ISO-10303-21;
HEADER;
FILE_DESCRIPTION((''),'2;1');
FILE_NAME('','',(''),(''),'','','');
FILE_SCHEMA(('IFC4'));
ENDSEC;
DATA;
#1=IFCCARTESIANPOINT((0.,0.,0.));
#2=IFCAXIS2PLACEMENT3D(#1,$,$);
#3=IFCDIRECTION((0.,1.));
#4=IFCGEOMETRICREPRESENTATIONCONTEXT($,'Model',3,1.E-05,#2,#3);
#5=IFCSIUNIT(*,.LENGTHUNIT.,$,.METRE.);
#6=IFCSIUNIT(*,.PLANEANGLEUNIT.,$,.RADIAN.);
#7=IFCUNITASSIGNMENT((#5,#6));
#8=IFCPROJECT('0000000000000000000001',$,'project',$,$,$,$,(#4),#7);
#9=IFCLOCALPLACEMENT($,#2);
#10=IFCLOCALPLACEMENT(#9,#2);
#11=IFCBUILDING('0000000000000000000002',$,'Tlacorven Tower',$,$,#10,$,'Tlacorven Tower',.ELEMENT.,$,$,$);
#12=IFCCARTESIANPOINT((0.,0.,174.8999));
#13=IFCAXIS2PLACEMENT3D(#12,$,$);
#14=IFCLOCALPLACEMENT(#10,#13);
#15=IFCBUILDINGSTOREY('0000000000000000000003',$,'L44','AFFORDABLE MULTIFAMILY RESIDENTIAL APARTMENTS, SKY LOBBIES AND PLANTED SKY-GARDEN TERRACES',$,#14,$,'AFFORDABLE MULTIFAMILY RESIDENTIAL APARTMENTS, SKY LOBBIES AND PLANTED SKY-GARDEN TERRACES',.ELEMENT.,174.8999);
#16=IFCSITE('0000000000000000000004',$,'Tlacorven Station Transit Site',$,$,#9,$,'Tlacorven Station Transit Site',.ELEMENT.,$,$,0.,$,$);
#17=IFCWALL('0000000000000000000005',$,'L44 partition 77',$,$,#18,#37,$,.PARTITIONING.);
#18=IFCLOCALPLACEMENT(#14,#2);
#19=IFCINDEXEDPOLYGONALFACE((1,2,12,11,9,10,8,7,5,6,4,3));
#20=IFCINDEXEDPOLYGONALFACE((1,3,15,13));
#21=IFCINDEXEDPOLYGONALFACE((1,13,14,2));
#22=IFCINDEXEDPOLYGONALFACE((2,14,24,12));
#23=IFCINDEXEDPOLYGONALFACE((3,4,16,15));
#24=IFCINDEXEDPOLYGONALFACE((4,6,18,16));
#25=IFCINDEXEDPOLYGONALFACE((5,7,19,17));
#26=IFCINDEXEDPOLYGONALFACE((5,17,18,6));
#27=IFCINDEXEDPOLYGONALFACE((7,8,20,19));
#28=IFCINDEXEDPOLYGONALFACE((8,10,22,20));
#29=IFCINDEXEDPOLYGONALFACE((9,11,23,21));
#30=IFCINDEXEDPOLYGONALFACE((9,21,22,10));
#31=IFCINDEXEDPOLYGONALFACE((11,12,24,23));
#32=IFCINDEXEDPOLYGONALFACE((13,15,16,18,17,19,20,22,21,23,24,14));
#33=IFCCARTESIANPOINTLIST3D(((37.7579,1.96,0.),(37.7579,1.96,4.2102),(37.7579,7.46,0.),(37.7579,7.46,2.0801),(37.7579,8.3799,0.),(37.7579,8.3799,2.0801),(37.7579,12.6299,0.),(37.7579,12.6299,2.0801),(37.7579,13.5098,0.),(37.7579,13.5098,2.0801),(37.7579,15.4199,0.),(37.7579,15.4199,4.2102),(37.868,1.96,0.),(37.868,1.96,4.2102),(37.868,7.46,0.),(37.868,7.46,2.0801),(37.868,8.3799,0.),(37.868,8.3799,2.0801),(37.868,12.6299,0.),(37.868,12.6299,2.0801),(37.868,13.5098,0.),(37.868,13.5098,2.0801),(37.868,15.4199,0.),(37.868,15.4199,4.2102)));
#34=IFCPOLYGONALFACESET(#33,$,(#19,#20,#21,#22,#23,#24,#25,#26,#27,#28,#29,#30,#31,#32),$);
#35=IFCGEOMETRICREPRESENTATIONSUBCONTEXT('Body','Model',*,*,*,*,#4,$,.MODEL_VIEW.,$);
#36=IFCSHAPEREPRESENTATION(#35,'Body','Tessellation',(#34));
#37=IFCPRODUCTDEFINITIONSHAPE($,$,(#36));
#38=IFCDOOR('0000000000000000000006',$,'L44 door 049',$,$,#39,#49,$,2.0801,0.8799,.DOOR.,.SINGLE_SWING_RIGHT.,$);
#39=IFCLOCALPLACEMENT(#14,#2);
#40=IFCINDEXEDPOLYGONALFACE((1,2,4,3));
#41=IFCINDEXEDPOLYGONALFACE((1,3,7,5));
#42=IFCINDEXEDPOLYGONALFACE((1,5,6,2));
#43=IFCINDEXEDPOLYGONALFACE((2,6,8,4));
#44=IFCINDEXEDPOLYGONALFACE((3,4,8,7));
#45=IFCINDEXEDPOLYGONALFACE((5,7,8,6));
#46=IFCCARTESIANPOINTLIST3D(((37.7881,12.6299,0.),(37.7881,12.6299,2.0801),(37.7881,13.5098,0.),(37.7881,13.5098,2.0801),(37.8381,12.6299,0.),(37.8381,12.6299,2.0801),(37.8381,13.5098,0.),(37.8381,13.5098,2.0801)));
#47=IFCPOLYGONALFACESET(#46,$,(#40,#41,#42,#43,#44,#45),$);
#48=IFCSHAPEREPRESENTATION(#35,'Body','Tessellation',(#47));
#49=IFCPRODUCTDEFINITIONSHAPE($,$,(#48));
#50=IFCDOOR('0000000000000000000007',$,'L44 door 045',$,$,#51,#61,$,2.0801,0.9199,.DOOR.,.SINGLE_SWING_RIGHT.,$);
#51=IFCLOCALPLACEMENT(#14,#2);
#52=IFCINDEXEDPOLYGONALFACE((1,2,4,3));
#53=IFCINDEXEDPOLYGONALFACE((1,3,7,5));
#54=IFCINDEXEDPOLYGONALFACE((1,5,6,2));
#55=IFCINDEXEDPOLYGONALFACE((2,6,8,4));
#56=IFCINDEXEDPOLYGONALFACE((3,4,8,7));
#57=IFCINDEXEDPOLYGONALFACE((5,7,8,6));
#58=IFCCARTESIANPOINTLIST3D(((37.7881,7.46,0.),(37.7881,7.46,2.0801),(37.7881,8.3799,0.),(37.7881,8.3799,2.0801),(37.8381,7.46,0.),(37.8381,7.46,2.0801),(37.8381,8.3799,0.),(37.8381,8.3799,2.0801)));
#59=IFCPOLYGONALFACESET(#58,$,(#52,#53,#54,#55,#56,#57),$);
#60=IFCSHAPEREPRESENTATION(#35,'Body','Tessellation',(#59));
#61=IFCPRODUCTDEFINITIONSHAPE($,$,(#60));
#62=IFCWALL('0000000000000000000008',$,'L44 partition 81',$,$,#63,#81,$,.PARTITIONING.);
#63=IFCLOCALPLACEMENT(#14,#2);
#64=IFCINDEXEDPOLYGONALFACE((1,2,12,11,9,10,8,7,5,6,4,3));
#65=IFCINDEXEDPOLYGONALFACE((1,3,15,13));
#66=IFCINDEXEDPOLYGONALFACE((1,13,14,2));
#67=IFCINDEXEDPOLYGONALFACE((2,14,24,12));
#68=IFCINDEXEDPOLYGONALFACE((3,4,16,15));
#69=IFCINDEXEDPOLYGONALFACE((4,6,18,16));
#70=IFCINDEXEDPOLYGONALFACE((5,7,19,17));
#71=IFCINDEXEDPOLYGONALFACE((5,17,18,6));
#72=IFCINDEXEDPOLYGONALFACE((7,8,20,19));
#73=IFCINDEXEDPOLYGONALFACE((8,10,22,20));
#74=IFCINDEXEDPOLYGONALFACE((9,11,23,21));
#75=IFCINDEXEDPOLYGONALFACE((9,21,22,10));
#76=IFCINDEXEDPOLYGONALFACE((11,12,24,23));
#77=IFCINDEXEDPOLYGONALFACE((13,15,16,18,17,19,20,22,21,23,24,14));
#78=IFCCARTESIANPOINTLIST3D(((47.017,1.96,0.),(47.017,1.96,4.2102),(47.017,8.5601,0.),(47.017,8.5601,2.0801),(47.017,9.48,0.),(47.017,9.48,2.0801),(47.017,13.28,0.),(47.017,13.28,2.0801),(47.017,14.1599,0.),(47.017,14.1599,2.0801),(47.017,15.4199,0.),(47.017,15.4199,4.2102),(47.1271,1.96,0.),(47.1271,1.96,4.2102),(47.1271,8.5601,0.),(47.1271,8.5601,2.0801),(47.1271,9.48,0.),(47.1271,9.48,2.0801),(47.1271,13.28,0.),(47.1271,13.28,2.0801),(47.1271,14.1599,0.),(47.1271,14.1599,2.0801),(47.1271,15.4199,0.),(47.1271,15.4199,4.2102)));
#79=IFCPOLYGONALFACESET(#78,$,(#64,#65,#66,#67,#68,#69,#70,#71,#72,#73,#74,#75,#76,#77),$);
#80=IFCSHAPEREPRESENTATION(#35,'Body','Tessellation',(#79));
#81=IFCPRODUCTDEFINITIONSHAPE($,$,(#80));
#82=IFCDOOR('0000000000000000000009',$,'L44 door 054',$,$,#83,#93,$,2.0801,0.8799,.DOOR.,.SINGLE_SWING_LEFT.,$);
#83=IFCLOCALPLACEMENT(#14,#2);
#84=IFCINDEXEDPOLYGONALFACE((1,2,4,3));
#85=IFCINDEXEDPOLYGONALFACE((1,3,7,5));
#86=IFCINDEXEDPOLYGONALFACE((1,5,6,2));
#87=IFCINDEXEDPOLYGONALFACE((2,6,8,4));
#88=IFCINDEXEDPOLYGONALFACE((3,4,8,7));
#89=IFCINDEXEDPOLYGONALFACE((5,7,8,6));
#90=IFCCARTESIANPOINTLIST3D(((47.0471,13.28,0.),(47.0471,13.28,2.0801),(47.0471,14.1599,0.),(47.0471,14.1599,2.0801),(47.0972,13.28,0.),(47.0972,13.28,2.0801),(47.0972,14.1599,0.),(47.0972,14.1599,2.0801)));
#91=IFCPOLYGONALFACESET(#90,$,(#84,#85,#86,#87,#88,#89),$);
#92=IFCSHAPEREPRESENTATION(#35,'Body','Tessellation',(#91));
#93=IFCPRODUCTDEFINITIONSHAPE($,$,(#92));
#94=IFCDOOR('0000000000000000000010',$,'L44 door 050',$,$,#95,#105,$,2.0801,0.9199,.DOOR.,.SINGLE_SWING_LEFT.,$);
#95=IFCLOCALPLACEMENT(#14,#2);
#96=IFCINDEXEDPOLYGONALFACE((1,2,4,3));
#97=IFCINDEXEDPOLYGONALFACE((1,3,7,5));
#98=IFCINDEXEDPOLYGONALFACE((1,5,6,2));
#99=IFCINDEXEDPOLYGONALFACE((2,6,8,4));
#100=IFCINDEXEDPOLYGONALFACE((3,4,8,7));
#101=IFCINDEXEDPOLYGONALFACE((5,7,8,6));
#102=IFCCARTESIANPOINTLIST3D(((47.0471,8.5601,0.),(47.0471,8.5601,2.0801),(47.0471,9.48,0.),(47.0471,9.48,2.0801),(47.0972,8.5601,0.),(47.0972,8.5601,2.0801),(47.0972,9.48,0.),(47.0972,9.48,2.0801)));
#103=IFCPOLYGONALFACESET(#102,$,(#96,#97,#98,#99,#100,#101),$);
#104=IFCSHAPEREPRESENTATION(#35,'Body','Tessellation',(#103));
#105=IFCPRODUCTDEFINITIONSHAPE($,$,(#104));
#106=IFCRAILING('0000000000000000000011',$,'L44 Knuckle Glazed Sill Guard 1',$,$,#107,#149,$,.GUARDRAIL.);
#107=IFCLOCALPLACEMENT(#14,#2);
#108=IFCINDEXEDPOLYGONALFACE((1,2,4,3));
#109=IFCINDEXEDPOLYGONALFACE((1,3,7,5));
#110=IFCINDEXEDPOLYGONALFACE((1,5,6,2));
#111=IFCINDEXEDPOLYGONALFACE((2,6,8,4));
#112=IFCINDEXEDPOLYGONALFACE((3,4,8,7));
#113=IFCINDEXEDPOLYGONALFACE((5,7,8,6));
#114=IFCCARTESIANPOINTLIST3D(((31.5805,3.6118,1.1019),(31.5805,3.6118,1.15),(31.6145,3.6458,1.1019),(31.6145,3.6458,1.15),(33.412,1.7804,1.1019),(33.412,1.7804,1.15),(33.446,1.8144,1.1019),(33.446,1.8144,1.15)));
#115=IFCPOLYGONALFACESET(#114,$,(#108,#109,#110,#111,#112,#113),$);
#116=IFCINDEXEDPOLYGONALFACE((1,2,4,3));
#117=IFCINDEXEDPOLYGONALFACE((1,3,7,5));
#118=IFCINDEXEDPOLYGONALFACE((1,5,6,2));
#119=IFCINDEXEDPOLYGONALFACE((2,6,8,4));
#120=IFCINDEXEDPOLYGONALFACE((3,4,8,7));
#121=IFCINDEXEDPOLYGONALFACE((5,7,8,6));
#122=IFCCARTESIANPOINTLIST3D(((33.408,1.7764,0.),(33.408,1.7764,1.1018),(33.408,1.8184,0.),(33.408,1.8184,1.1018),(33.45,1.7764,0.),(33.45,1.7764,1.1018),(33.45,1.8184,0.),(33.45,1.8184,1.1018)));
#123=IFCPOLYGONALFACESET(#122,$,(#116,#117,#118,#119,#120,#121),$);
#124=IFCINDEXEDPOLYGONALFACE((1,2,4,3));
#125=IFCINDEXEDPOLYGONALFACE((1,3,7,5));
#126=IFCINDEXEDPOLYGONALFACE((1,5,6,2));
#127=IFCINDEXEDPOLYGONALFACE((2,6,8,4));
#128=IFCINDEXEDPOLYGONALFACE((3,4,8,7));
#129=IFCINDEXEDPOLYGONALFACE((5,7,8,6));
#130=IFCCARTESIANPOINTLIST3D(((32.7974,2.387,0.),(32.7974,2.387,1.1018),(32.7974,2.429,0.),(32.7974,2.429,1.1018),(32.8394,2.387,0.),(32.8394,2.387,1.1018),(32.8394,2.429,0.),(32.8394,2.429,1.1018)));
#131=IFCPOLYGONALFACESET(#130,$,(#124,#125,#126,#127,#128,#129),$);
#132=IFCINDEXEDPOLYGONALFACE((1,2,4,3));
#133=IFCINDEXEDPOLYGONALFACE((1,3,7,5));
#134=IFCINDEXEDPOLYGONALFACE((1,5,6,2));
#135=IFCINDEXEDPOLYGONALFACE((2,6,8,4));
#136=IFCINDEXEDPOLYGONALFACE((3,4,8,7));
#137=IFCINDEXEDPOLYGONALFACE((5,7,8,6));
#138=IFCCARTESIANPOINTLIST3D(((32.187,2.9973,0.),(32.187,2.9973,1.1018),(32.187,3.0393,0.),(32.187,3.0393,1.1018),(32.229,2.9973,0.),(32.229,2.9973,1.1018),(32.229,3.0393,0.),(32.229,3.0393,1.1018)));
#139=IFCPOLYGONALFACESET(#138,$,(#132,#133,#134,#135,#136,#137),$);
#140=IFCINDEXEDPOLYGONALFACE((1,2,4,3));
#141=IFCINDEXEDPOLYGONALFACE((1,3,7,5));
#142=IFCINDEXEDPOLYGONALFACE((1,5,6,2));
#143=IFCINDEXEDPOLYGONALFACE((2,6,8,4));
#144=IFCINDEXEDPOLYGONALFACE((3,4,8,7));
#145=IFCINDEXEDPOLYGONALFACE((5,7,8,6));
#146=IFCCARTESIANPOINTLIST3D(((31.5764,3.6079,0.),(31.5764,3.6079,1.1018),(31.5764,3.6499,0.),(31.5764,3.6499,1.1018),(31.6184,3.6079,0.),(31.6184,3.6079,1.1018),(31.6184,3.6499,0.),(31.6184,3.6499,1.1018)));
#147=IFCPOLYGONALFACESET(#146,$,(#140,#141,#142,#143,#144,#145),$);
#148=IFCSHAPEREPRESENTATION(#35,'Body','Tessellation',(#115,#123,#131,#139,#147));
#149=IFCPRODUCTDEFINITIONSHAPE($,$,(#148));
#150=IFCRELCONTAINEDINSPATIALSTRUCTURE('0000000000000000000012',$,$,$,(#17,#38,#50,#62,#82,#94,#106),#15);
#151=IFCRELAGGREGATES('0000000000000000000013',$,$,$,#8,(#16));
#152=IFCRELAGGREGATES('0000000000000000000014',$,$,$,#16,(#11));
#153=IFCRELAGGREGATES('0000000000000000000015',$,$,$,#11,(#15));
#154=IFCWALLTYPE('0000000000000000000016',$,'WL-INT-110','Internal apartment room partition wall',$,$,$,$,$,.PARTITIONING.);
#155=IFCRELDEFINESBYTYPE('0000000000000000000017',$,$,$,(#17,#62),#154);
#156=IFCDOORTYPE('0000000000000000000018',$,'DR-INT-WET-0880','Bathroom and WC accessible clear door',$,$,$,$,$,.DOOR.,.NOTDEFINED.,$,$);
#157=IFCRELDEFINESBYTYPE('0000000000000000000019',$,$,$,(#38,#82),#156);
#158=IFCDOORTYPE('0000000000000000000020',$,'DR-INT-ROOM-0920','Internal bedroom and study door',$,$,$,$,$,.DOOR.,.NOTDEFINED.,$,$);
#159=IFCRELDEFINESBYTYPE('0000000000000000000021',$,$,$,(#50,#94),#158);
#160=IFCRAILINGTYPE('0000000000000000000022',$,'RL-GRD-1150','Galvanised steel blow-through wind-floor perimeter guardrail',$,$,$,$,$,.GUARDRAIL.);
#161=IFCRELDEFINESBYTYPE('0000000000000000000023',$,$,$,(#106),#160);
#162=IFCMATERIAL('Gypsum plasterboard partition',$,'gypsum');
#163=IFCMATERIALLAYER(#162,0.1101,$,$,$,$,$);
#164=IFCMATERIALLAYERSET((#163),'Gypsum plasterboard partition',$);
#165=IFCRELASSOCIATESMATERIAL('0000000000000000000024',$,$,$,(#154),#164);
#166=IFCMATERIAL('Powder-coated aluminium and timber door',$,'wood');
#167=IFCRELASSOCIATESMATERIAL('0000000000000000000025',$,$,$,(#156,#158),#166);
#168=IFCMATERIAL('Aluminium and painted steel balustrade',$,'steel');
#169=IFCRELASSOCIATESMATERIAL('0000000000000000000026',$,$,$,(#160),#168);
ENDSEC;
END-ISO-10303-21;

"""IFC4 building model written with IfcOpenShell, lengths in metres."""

from ifc_helpers import new_model, si_unit, direction, frame, frame_2d, origin, origin_2d, place, context, subcontext, project, spatial, rectangle, extrude, source, transform, mapped, material, layer, layer_set, type_object, element, fill, save


model = new_model("IFC4")

# Units and contexts
model_context = context("Model", 3, precision=1e-05, world=origin(), true_north=direction((0.0, 1.0)))
body_context = subcontext(model_context, "Body", "Model", "MODEL_VIEW")
ifc_project = project(units=[si_unit("LENGTHUNIT", "METRE"), si_unit("PLANEANGLEUNIT", "RADIAN")], contexts=[model_context])

# Site, building, storey
site_placement = place(None, origin())
site = spatial("IfcSite", under=ifc_project, at=site_placement, Name="Tlacorven Station Transit Site", LongName="Tlacorven Station Transit Site", CompositionType="ELEMENT", RefElevation=0.0)
building_placement = place(site_placement, origin())
building = spatial("IfcBuilding", under=site, at=building_placement, Name="Tlacorven Tower", LongName="Tlacorven Tower", CompositionType="ELEMENT")
storey_placement = place(building_placement, frame((0.0, 0.0, 174.8999)))
storey = spatial("IfcBuildingStorey", under=building, at=storey_placement, Name="L44", Description="AFFORDABLE MULTIFAMILY RESIDENTIAL APARTMENTS, SKY LOBBIES AND PLANTED SKY-GARDEN TERRACES", LongName="AFFORDABLE MULTIFAMILY RESIDENTIAL APARTMENTS, SKY LOBBIES AND PLANTED SKY-GARDEN TERRACES", CompositionType="ELEMENT", Elevation=174.8999)

# Walls, openings, doors
ifc_material_1 = material(Name="Gypsum plasterboard partition", Category="gypsum")
ifc_layer_1 = layer(ifc_material_1, 0.1101)
ifc_layer_set_1 = layer_set([ifc_layer_1], Name="Gypsum plasterboard partition")
wall_type_1 = type_object("IfcWallType", Name="WL-INT-110", Description="Internal apartment room partition wall", PredefinedType="PARTITIONING", material=ifc_layer_set_1)
wall_1_placement = place(storey_placement, frame((37.813, 1.96, 0.0), z_axis=(0.0, 0.0, 1.0), x_axis=(0.0, 1.0, 0.0)))
wall_1 = element("IfcWall", 1, at=wall_1_placement, inside=storey, type_object=wall_type_1, Name="L44 partition 77", PredefinedType="PARTITIONING", context=body_context, shape_type="SweptSolid", body=[
    extrude(rectangle(XDim=13.46, YDim=0.1101, at=frame_2d((6.73, 0.0))), origin(), (0.0, 0.0, 1.0), 4.2102),
])
opening_1_placement = place(wall_1_placement, frame((5.5, 0.0, 0.0)))
opening_1 = element("IfcOpeningElement", 2, at=opening_1_placement, cuts=wall_1, PredefinedType="OPENING", context=body_context, shape_type="SweptSolid", body=[
    extrude(rectangle(XDim=0.9199, YDim=2.0801, at=frame_2d((0.46, 1.04))), frame((0.0, 0.0649, 0.0), z_axis=(0.0, -1.0, 0.0), x_axis=(1.0, 0.0, 0.0)), (0.0, 0.0, 1.0), 0.1301),
])
opening_2_placement = place(wall_1_placement, frame((10.6699, 0.0, 0.0)))
opening_2 = element("IfcOpeningElement", 3, at=opening_2_placement, cuts=wall_1, PredefinedType="OPENING", context=body_context, shape_type="SweptSolid", body=[
    extrude(rectangle(XDim=0.8799, YDim=2.0801, at=frame_2d((0.4399, 1.04))), frame((0.0, 0.0649, 0.0), z_axis=(0.0, -1.0, 0.0), x_axis=(1.0, 0.0, 0.0)), (0.0, 0.0, 1.0), 0.1301),
])
ifc_material_2 = material(Name="Powder-coated aluminium and timber door", Category="wood")
door_type_1 = type_object("IfcDoorType", Name="DR-INT-WET-0880", Description="Bathroom and WC accessible clear door", OperationType="NOTDEFINED", PredefinedType="DOOR", material=ifc_material_2)
shared_shape_1 = source(origin(), body_context, "Body", "SweptSolid", [
    extrude(rectangle(XDim=0.8799, YDim=2.0801, at=frame_2d((0.4399, 1.04))), frame((0.0, 0.0249, 0.0), z_axis=(0.0, -1.0, 0.0), x_axis=(1.0, 0.0, 0.0)), (0.0, 0.0, 1.0), 0.05),
])
door_1_placement = place(opening_2_placement, origin())
door_1 = element("IfcDoor", 4, at=door_1_placement, inside=storey, type_object=door_type_1, Name="L44 door 049", OperationType="SINGLE_SWING_RIGHT", OverallHeight=2.0801, OverallWidth=0.8799, PredefinedType="DOOR", context=body_context, shape_type="MappedRepresentation", body=[
    mapped(shared_shape_1, transform((0.0, 0.0, 0.0), scale=1.0)),
])
fill(opening_2, door_1)
door_type_2 = type_object("IfcDoorType", Name="DR-INT-ROOM-0920", Description="Internal bedroom and study door", OperationType="NOTDEFINED", PredefinedType="DOOR", material=ifc_material_2)
shared_shape_2 = source(origin(), body_context, "Body", "SweptSolid", [
    extrude(rectangle(XDim=0.9199, YDim=2.0801, at=frame_2d((0.46, 1.04))), frame((0.0, 0.0249, 0.0), z_axis=(0.0, -1.0, 0.0), x_axis=(1.0, 0.0, 0.0)), (0.0, 0.0, 1.0), 0.05),
])
door_2_placement = place(opening_1_placement, origin())
door_2 = element("IfcDoor", 5, at=door_2_placement, inside=storey, type_object=door_type_2, Name="L44 door 045", OperationType="SINGLE_SWING_RIGHT", OverallHeight=2.0801, OverallWidth=0.9199, PredefinedType="DOOR", context=body_context, shape_type="MappedRepresentation", body=[
    mapped(shared_shape_2, transform((0.0, 0.0, 0.0), scale=1.0)),
])
fill(opening_1, door_2)
wall_2_placement = place(storey_placement, frame((47.072, 1.96, 0.0), z_axis=(0.0, 0.0, 1.0), x_axis=(0.0, 1.0, 0.0)))
wall_2 = element("IfcWall", 6, at=wall_2_placement, inside=storey, type_object=wall_type_1, Name="L44 partition 81", PredefinedType="PARTITIONING", context=body_context, shape_type="SweptSolid", body=[
    extrude(rectangle(XDim=13.46, YDim=0.1101, at=frame_2d((6.73, 0.0))), origin(), (0.0, 0.0, 1.0), 4.2102),
])
opening_3_placement = place(wall_2_placement, frame((6.6001, 0.0, 0.0)))
opening_3 = element("IfcOpeningElement", 7, at=opening_3_placement, cuts=wall_2, PredefinedType="OPENING", context=body_context, shape_type="SweptSolid", body=[
    extrude(rectangle(XDim=0.9199, YDim=2.0801, at=frame_2d((0.46, 1.04))), frame((0.0, 0.0649, 0.0), z_axis=(0.0, -1.0, 0.0), x_axis=(1.0, 0.0, 0.0)), (0.0, 0.0, 1.0), 0.1301),
])
opening_4_placement = place(wall_2_placement, frame((11.3201, 0.0, 0.0)))
opening_4 = element("IfcOpeningElement", 8, at=opening_4_placement, cuts=wall_2, PredefinedType="OPENING", context=body_context, shape_type="SweptSolid", body=[
    extrude(rectangle(XDim=0.8799, YDim=2.0801, at=frame_2d((0.4399, 1.04))), frame((0.0, 0.0649, 0.0), z_axis=(0.0, -1.0, 0.0), x_axis=(1.0, 0.0, 0.0)), (0.0, 0.0, 1.0), 0.1301),
])
door_3_placement = place(opening_4_placement, origin())
door_3 = element("IfcDoor", 9, at=door_3_placement, inside=storey, type_object=door_type_1, Name="L44 door 054", OperationType="SINGLE_SWING_LEFT", OverallHeight=2.0801, OverallWidth=0.8799, PredefinedType="DOOR", context=body_context, shape_type="MappedRepresentation", body=[
    mapped(shared_shape_1, transform((0.0, 0.0, 0.0), scale=1.0)),
])
fill(opening_4, door_3)
door_4_placement = place(opening_3_placement, origin())
door_4 = element("IfcDoor", 10, at=door_4_placement, inside=storey, type_object=door_type_2, Name="L44 door 050", OperationType="SINGLE_SWING_LEFT", OverallHeight=2.0801, OverallWidth=0.9199, PredefinedType="DOOR", context=body_context, shape_type="MappedRepresentation", body=[
    mapped(shared_shape_2, transform((0.0, 0.0, 0.0), scale=1.0)),
])
fill(opening_3, door_4)

# Railing
ifc_material_3 = material(Name="Aluminium and painted steel balustrade", Category="steel")
railing_type = type_object("IfcRailingType", Name="RL-GRD-1150", Description="Galvanised steel blow-through wind-floor perimeter guardrail", PredefinedType="GUARDRAIL", material=ifc_material_3)
shared_shape_3 = source(origin(), body_context, "Body", "SweptSolid", [
    extrude(rectangle(XDim=0.0481, YDim=0.0481, at=origin_2d()), frame((0.0, 0.0, 1.126), z_axis=(-0.707107, 0.707107, 0.0), x_axis=(-0.707107, -0.707107, 0.0)), (0.0, 0.0, 1.0), 2.5901),
    extrude(rectangle(XDim=0.042, YDim=0.042, at=origin_2d()), origin(), (0.0, 0.0, 1.0), 1.1018),
    extrude(rectangle(XDim=0.042, YDim=0.042, at=origin_2d()), frame((-0.6106, 0.6106, 0.0)), (0.0, 0.0, 1.0), 1.1018),
    extrude(rectangle(XDim=0.042, YDim=0.042, at=origin_2d()), frame((-1.2209, 1.2209, 0.0)), (0.0, 0.0, 1.0), 1.1018),
    extrude(rectangle(XDim=0.042, YDim=0.042, at=origin_2d()), frame((-1.8315, 1.8315, 0.0)), (0.0, 0.0, 1.0), 1.1018),
])
railing_placement = place(storey_placement, frame((33.429, 1.7974, 0.0)))
element("IfcRailing", 11, at=railing_placement, inside=storey, type_object=railing_type, Name="L44 Knuckle Glazed Sill Guard 1", PredefinedType="GUARDRAIL", context=body_context, shape_type="MappedRepresentation", body=[
    mapped(shared_shape_3, transform((0.0, 0.0, 0.0), scale=1.0)),
])

save(model, "model.ifc")
